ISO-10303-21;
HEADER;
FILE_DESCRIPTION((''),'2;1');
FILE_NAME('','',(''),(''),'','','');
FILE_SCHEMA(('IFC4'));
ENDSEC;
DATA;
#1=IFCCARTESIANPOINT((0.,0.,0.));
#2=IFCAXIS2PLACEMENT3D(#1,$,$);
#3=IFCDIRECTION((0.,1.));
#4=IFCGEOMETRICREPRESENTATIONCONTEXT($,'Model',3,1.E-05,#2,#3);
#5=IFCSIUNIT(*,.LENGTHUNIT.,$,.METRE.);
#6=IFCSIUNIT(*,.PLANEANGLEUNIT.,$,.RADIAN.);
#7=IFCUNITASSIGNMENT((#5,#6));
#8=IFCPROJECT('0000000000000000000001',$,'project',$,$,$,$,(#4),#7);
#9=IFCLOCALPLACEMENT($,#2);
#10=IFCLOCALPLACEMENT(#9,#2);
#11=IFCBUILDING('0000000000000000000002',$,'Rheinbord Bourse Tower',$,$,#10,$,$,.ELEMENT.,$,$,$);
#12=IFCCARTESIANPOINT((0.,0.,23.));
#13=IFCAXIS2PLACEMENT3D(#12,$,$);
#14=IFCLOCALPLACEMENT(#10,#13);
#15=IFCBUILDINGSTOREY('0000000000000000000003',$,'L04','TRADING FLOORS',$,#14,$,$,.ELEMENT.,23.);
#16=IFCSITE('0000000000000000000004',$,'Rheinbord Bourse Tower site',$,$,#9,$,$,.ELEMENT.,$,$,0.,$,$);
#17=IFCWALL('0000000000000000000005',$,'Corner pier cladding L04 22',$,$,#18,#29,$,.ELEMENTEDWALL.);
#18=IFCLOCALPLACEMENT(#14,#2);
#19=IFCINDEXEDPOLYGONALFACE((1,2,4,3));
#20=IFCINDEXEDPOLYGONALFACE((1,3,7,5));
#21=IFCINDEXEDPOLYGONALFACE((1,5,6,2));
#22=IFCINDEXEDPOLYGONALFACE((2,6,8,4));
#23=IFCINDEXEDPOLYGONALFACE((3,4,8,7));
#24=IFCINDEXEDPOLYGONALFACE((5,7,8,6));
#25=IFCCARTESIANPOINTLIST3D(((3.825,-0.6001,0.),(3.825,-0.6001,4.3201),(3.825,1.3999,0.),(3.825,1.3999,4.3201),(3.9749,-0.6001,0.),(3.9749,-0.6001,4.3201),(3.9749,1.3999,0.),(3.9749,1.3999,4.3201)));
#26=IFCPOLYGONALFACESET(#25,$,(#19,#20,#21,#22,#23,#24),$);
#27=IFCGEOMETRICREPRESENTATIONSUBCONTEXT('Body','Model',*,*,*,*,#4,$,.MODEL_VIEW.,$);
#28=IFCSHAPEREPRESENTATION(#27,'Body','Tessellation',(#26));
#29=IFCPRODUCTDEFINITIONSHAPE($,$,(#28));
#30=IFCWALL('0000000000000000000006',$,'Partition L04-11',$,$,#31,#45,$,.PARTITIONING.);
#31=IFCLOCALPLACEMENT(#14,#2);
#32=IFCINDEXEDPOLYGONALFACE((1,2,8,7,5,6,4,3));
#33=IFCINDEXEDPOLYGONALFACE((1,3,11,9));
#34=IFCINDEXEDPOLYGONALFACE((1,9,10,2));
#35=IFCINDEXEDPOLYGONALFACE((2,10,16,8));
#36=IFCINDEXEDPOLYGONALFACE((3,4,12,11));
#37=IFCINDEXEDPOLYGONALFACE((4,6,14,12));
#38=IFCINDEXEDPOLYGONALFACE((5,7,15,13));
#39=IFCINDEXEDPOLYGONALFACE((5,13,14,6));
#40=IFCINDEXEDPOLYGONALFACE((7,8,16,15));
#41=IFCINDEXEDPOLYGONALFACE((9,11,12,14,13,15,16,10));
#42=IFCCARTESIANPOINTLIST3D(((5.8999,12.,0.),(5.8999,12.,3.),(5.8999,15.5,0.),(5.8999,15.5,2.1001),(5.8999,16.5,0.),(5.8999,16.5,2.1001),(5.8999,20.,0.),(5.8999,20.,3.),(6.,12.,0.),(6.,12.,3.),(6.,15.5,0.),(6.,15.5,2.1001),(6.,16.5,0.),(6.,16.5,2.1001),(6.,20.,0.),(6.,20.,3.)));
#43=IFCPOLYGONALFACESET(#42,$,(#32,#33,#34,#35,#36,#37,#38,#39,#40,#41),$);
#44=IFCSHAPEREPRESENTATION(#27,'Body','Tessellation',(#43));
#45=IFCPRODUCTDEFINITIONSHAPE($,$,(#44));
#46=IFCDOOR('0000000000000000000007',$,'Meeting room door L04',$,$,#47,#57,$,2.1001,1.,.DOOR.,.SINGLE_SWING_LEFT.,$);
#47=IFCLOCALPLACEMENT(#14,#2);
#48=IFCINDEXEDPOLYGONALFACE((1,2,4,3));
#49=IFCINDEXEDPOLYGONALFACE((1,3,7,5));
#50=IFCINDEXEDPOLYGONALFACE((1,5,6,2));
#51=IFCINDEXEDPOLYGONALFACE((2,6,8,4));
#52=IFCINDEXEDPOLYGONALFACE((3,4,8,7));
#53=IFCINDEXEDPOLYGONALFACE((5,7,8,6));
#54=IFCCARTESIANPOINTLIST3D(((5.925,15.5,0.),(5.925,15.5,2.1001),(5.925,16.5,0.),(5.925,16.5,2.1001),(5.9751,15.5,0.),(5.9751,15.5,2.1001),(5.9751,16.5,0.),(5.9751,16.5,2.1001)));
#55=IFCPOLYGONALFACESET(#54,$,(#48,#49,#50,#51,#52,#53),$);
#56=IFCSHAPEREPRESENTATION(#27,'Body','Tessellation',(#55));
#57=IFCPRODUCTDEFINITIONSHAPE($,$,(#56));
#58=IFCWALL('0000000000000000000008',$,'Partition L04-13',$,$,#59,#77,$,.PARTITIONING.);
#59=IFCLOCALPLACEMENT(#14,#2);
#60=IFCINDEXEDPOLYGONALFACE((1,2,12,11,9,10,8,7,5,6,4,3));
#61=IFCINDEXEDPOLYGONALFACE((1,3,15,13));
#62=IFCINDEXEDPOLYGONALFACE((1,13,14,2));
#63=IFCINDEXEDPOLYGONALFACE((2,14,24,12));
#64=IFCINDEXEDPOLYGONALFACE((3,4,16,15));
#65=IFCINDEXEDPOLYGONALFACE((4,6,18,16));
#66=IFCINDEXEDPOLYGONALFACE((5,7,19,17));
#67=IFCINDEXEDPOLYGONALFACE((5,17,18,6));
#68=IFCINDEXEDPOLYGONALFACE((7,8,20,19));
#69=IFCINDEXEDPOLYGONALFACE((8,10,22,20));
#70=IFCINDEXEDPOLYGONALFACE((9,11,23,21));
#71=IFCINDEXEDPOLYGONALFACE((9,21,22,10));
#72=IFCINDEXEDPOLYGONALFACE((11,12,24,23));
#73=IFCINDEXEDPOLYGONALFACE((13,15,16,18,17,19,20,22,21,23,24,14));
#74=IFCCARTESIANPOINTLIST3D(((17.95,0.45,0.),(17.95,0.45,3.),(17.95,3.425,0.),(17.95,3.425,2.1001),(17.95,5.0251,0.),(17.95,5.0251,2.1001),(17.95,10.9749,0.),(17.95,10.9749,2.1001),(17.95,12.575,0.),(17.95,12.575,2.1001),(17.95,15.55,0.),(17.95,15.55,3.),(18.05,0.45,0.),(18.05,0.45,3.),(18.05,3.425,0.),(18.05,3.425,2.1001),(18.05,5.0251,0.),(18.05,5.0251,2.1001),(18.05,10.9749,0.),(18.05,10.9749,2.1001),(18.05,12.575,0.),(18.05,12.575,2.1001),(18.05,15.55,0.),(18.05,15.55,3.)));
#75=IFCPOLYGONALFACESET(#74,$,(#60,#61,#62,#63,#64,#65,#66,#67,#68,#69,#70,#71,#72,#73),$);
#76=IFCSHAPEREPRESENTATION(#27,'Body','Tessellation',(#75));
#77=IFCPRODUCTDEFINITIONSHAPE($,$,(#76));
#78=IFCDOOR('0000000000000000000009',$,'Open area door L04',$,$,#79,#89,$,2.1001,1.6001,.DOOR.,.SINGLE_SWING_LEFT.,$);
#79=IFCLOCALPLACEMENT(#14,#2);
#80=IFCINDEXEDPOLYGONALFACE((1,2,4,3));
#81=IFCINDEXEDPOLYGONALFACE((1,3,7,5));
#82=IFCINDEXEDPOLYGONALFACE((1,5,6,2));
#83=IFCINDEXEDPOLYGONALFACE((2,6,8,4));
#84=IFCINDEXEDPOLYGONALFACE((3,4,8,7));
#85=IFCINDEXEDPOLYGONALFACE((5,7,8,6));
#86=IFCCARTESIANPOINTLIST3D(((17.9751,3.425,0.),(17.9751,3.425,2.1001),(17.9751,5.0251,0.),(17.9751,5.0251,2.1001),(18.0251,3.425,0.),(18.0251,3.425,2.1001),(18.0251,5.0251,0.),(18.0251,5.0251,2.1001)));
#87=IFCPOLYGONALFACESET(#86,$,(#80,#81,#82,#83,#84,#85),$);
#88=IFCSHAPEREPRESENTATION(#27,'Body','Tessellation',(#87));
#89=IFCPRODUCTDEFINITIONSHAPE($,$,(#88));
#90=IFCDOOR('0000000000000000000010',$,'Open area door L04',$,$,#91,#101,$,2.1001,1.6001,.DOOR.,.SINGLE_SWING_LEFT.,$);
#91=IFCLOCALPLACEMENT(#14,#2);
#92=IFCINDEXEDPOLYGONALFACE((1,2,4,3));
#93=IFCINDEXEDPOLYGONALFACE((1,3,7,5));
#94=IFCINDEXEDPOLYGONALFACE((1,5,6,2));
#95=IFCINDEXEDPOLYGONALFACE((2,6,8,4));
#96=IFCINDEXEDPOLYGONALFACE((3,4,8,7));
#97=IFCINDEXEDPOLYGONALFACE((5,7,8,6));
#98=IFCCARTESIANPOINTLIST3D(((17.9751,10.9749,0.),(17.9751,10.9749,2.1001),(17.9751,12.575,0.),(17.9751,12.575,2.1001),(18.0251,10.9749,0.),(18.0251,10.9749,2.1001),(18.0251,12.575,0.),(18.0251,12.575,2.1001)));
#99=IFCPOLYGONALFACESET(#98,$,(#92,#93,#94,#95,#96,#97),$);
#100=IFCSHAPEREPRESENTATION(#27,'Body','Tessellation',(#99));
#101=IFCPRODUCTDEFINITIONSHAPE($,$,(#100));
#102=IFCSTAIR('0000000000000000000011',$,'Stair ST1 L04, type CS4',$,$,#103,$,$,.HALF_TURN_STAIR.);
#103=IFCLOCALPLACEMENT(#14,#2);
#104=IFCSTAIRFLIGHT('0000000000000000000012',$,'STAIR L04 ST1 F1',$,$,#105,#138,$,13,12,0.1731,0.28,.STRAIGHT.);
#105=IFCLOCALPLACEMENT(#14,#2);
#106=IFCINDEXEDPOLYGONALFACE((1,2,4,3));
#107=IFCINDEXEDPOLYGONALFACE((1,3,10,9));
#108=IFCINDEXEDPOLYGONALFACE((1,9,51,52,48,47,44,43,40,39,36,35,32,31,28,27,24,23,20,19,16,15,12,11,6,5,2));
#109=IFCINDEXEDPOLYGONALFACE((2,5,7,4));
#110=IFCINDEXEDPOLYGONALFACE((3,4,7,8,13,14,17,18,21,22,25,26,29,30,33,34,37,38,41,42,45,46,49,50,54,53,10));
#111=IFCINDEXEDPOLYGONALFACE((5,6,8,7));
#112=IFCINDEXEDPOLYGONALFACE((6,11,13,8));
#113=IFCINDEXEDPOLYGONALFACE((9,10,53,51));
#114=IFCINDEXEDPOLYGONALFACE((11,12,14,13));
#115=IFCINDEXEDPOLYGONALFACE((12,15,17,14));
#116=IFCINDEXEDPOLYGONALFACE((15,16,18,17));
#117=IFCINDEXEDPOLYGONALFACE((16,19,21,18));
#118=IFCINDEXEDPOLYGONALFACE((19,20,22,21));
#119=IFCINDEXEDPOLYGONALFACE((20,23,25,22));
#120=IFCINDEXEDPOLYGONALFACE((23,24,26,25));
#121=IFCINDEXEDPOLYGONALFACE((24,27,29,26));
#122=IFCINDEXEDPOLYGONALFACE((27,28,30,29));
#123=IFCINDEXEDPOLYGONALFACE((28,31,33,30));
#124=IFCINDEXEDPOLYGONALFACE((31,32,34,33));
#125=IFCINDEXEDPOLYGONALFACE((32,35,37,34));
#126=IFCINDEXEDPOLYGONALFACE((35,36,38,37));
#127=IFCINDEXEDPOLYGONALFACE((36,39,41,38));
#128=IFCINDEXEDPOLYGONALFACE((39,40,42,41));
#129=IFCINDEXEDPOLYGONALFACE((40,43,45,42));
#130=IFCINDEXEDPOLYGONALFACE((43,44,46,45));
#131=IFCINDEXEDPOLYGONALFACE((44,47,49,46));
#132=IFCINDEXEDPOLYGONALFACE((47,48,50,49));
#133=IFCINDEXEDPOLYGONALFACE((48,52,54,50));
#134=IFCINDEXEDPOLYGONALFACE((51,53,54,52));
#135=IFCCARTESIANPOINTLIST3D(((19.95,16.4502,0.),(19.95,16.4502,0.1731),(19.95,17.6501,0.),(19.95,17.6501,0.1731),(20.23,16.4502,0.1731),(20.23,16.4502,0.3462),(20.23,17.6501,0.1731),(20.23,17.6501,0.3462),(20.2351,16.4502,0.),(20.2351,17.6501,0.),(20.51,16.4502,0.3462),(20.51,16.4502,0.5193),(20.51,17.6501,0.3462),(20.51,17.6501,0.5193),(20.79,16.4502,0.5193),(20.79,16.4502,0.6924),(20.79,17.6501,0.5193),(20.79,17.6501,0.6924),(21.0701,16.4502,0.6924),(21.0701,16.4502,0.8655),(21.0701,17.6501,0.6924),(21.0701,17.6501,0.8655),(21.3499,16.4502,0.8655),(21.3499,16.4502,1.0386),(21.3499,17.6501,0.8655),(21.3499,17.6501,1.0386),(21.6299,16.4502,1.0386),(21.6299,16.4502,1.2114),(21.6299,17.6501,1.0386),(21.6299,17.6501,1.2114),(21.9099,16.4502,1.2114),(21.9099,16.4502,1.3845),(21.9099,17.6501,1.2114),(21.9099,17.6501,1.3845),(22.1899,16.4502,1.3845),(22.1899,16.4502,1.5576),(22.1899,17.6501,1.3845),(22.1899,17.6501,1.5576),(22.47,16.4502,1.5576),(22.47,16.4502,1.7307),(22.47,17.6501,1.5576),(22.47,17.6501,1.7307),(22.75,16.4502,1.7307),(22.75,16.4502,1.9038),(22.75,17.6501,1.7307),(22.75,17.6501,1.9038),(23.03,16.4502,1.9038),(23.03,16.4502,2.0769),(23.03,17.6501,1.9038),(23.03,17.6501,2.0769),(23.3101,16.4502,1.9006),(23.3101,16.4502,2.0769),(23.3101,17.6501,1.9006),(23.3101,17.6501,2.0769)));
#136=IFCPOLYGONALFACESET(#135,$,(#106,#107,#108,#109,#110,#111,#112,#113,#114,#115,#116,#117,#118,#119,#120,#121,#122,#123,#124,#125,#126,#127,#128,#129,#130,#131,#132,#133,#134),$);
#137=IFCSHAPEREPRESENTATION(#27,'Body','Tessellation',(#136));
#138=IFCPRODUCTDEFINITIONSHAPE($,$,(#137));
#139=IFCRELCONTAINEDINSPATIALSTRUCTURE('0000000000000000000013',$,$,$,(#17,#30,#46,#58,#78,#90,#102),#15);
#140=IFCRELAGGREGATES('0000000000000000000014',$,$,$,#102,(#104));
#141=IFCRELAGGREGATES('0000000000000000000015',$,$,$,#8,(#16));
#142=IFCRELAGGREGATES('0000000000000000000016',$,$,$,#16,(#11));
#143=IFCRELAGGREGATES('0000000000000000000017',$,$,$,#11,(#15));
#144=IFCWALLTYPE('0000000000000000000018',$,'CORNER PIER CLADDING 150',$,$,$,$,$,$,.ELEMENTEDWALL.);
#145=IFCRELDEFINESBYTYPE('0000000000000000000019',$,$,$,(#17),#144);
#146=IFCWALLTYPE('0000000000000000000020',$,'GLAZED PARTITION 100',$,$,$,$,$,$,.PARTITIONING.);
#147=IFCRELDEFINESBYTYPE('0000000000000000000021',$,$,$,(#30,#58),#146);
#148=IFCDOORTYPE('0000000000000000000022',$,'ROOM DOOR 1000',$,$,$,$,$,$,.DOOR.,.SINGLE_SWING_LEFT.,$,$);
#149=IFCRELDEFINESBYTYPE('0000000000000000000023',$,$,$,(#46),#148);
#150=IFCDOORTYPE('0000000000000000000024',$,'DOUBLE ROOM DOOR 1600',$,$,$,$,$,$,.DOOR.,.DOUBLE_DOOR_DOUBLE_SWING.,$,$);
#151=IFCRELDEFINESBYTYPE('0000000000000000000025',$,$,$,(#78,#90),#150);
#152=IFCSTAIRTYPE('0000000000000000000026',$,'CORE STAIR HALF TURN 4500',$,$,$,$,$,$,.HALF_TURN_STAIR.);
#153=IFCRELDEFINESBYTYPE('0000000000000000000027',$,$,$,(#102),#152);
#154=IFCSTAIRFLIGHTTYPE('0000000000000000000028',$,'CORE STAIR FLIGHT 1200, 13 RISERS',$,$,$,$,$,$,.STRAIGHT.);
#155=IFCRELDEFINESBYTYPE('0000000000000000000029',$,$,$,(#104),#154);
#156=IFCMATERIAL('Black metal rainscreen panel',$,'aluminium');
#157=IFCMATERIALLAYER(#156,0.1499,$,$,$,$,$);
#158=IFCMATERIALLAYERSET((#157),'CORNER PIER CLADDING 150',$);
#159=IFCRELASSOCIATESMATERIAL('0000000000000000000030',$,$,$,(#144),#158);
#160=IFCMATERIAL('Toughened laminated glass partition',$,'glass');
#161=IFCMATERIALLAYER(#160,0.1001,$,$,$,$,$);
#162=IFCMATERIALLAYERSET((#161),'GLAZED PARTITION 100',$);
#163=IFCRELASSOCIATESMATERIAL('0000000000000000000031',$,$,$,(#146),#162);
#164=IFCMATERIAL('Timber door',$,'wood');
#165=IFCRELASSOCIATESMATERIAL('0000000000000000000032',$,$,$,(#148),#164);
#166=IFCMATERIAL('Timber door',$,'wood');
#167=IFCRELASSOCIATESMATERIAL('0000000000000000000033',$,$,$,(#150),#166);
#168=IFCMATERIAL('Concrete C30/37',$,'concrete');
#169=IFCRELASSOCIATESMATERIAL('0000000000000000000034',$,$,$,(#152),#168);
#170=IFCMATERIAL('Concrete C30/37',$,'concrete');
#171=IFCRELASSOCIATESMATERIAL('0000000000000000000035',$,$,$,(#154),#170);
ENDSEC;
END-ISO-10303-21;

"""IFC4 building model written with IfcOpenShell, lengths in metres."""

from ifc_helpers import new_model, si_unit, direction, frame, frame_2d, origin, place, context, subcontext, project, spatial, polyline, rectangle, outline, extrude, material, layer, layer_set, type_object, element, fill, aggregate, save


model = new_model("IFC4")

# Units and contexts
model_context = context("Model", 3, precision=1e-05, world=origin(), true_north=direction((0.0, 1.0)))
body_context = subcontext(model_context, "Body", "Model", "MODEL_VIEW")
ifc_project = project(units=[si_unit("LENGTHUNIT", "METRE"), si_unit("PLANEANGLEUNIT", "RADIAN")], contexts=[model_context])

# Site, building, storey
site_placement = place(None, origin())
site = spatial("IfcSite", under=ifc_project, at=site_placement, Name="Rheinbord Bourse Tower site", CompositionType="ELEMENT", RefElevation=0.0)
building_placement = place(site_placement, origin())
building = spatial("IfcBuilding", under=site, at=building_placement, Name="Rheinbord Bourse Tower", CompositionType="ELEMENT")
storey_placement = place(building_placement, frame((0.0, 0.0, 23.0)))
storey = spatial("IfcBuildingStorey", under=building, at=storey_placement, Name="L04", Description="TRADING FLOORS", CompositionType="ELEMENT", Elevation=23.0)

# Wall
ifc_material_1 = material(Name="Black metal rainscreen panel", Category="aluminium")
ifc_layer_1 = layer(ifc_material_1, 0.1499)
ifc_layer_set_1 = layer_set([ifc_layer_1], Name="CORNER PIER CLADDING 150")
wall_type_1 = type_object("IfcWallType", Name="CORNER PIER CLADDING 150", PredefinedType="ELEMENTEDWALL", material=ifc_layer_set_1)
wall_1_placement = place(storey_placement, frame((3.8999, 1.3999, 0.0), z_axis=(0.0, 0.0, 1.0), x_axis=(0.0, -1.0, 0.0)))
element("IfcWall", 1, at=wall_1_placement, inside=storey, type_object=wall_type_1, Name="Corner pier cladding L04 22", PredefinedType="ELEMENTEDWALL", context=body_context, shape_type="SweptSolid", body=[
    extrude(rectangle(XDim=2.0, YDim=0.1499, at=frame_2d((1.0, 0.0))), origin(), (0.0, 0.0, 1.0), 4.3201),
])

# Wall, opening, door
ifc_material_2 = material(Name="Toughened laminated glass partition", Category="glass")
ifc_layer_2 = layer(ifc_material_2, 0.1001)
ifc_layer_set_2 = layer_set([ifc_layer_2], Name="GLAZED PARTITION 100")
wall_type_2 = type_object("IfcWallType", Name="GLAZED PARTITION 100", PredefinedType="PARTITIONING", material=ifc_layer_set_2)
wall_2_placement = place(storey_placement, frame((5.95, 12.0, 0.0), z_axis=(0.0, 0.0, 1.0), x_axis=(0.0, 1.0, 0.0)))
wall_2 = element("IfcWall", 2, at=wall_2_placement, inside=storey, type_object=wall_type_2, Name="Partition L04-11", PredefinedType="PARTITIONING", context=body_context, shape_type="SweptSolid", body=[
    extrude(rectangle(XDim=8.0, YDim=0.1001, at=frame_2d((4.0, 0.0))), origin(), (0.0, 0.0, 1.0), 3.0),
])
opening_1_placement = place(wall_2_placement, frame((3.5, 0.0, 0.0)))
opening_1 = element("IfcOpeningElement", 3, at=opening_1_placement, cuts=wall_2, PredefinedType="OPENING", context=body_context, shape_type="SweptSolid", body=[
    extrude(rectangle(XDim=1.0, YDim=2.1001, at=frame_2d((0.5, 1.05))), frame((0.0, 0.0601, 0.0), z_axis=(0.0, -1.0, 0.0), x_axis=(1.0, 0.0, 0.0)), (0.0, 0.0, 1.0), 0.1201),
])
ifc_material_3 = material(Name="Timber door", Category="wood")
door_type_1 = type_object("IfcDoorType", Name="ROOM DOOR 1000", OperationType="SINGLE_SWING_LEFT", PredefinedType="DOOR", material=ifc_material_3)
door_1_placement = place(opening_1_placement, origin())
door_1 = element("IfcDoor", 4, at=door_1_placement, inside=storey, type_object=door_type_1, Name="Meeting room door L04", OperationType="SINGLE_SWING_LEFT", OverallHeight=2.1001, OverallWidth=1.0, PredefinedType="DOOR", context=body_context, shape_type="SweptSolid", body=[
    extrude(rectangle(XDim=1.0, YDim=2.1001, at=frame_2d((0.5, 1.05))), frame((0.0, 0.0249, 0.0), z_axis=(0.0, -1.0, 0.0), x_axis=(1.0, 0.0, 0.0)), (0.0, 0.0, 1.0), 0.05),
])
fill(opening_1, door_1)

# Wall, openings, doors
wall_3_placement = place(storey_placement, frame((18.0, 0.45, 0.0), z_axis=(0.0, 0.0, 1.0), x_axis=(0.0, 1.0, 0.0)))
wall_3 = element("IfcWall", 5, at=wall_3_placement, inside=storey, type_object=wall_type_2, Name="Partition L04-13", PredefinedType="PARTITIONING", context=body_context, shape_type="SweptSolid", body=[
    extrude(rectangle(XDim=15.1001, YDim=0.1001, at=frame_2d((7.55, 0.0))), origin(), (0.0, 0.0, 1.0), 3.0),
])
opening_2_placement = place(wall_3_placement, frame((2.9751, 0.0, 0.0)))
opening_2 = element("IfcOpeningElement", 6, at=opening_2_placement, cuts=wall_3, PredefinedType="OPENING", context=body_context, shape_type="SweptSolid", body=[
    extrude(rectangle(XDim=1.6001, YDim=2.1001, at=frame_2d((0.8, 1.05))), frame((0.0, 0.0601, 0.0), z_axis=(0.0, -1.0, 0.0), x_axis=(1.0, 0.0, 0.0)), (0.0, 0.0, 1.0), 0.1201),
])
opening_3_placement = place(wall_3_placement, frame((10.5249, 0.0, 0.0)))
opening_3 = element("IfcOpeningElement", 7, at=opening_3_placement, cuts=wall_3, PredefinedType="OPENING", context=body_context, shape_type="SweptSolid", body=[
    extrude(rectangle(XDim=1.6001, YDim=2.1001, at=frame_2d((0.8, 1.05))), frame((0.0, 0.0601, 0.0), z_axis=(0.0, -1.0, 0.0), x_axis=(1.0, 0.0, 0.0)), (0.0, 0.0, 1.0), 0.1201),
])
ifc_material_4 = material(Name="Timber door", Category="wood")
door_type_2 = type_object("IfcDoorType", Name="DOUBLE ROOM DOOR 1600", OperationType="DOUBLE_DOOR_DOUBLE_SWING", PredefinedType="DOOR", material=ifc_material_4)
door_2_placement = place(opening_2_placement, origin())
door_2 = element("IfcDoor", 8, at=door_2_placement, inside=storey, type_object=door_type_2, Name="Open area door L04", OperationType="SINGLE_SWING_LEFT", OverallHeight=2.1001, OverallWidth=1.6001, PredefinedType="DOOR", context=body_context, shape_type="SweptSolid", body=[
    extrude(rectangle(XDim=1.6001, YDim=2.1001, at=frame_2d((0.8, 1.05))), frame((0.0, 0.0249, 0.0), z_axis=(0.0, -1.0, 0.0), x_axis=(1.0, 0.0, 0.0)), (0.0, 0.0, 1.0), 0.05),
])
fill(opening_2, door_2)
door_3_placement = place(opening_3_placement, origin())
door_3 = element("IfcDoor", 9, at=door_3_placement, inside=storey, type_object=door_type_2, Name="Open area door L04", OperationType="SINGLE_SWING_LEFT", OverallHeight=2.1001, OverallWidth=1.6001, PredefinedType="DOOR", context=body_context, shape_type="SweptSolid", body=[
    extrude(rectangle(XDim=1.6001, YDim=2.1001, at=frame_2d((0.8, 1.05))), frame((0.0, 0.0249, 0.0), z_axis=(0.0, -1.0, 0.0), x_axis=(1.0, 0.0, 0.0)), (0.0, 0.0, 1.0), 0.05),
])
fill(opening_3, door_3)

# Stair, stair flight
ifc_material_5 = material(Name="Concrete C30/37", Category="concrete")
stair_type = type_object("IfcStairType", Name="CORE STAIR HALF TURN 4500", PredefinedType="HALF_TURN_STAIR", material=ifc_material_5)
stair_placement = place(storey_placement, origin())
stair = element("IfcStair", 10, at=stair_placement, inside=storey, type_object=stair_type, Name="Stair ST1 L04, type CS4", PredefinedType="HALF_TURN_STAIR")
ifc_material_6 = material(Name="Concrete C30/37", Category="concrete")
stair_flight_type = type_object("IfcStairFlightType", Name="CORE STAIR FLIGHT 1200, 13 RISERS", PredefinedType="STRAIGHT", material=ifc_material_6)
stair_flight_1_placement = place(storey_placement, frame((19.95, 17.05, 0.0), z_axis=(0.0, 0.0, 1.0), x_axis=(1.0, 0.0, 0.0)))
stair_flight_1 = element("IfcStairFlight", 11, at=stair_flight_1_placement, type_object=stair_flight_type, Name="STAIR L04 ST1 F1", NumberOfRisers=13, NumberOfTreads=12, PredefinedType="STRAIGHT", RiserHeight=0.1731, TreadLength=0.28, context=body_context, shape_type="SweptSolid", body=[
    extrude(outline(polyline([(0.0, 0.0), (0.0, 0.1731), (0.28, 0.1731), (0.28, 0.3462), (0.5601, 0.3462), (0.5601, 0.5193), (0.8401, 0.5193), (0.8401, 0.6924), (1.1201, 0.6924), (1.1201, 0.8655), (1.3999, 0.8655), (1.3999, 1.0386), (1.6799, 1.0386), (1.6799, 1.2114), (1.96, 1.2114), (1.96, 1.3845), (2.24, 1.3845), (2.24, 1.5576), (2.52, 1.5576), (2.52, 1.7307), (2.8, 1.7307), (2.8, 1.9038), (3.0801, 1.9038), (3.0801, 2.0769), (3.3601, 2.0769), (3.3601, 2.25), (3.3601, 1.9006), (0.2852, 0.0), (0.0, 0.0)])), frame((0.0, 0.6001, 0.0), z_axis=(0.0, -1.0, 0.0), x_axis=(1.0, 0.0, 0.0)), (0.0, 0.0, 1.0), 1.2),
])
aggregate(stair, [stair_flight_1])

save(model, "model.ifc")
